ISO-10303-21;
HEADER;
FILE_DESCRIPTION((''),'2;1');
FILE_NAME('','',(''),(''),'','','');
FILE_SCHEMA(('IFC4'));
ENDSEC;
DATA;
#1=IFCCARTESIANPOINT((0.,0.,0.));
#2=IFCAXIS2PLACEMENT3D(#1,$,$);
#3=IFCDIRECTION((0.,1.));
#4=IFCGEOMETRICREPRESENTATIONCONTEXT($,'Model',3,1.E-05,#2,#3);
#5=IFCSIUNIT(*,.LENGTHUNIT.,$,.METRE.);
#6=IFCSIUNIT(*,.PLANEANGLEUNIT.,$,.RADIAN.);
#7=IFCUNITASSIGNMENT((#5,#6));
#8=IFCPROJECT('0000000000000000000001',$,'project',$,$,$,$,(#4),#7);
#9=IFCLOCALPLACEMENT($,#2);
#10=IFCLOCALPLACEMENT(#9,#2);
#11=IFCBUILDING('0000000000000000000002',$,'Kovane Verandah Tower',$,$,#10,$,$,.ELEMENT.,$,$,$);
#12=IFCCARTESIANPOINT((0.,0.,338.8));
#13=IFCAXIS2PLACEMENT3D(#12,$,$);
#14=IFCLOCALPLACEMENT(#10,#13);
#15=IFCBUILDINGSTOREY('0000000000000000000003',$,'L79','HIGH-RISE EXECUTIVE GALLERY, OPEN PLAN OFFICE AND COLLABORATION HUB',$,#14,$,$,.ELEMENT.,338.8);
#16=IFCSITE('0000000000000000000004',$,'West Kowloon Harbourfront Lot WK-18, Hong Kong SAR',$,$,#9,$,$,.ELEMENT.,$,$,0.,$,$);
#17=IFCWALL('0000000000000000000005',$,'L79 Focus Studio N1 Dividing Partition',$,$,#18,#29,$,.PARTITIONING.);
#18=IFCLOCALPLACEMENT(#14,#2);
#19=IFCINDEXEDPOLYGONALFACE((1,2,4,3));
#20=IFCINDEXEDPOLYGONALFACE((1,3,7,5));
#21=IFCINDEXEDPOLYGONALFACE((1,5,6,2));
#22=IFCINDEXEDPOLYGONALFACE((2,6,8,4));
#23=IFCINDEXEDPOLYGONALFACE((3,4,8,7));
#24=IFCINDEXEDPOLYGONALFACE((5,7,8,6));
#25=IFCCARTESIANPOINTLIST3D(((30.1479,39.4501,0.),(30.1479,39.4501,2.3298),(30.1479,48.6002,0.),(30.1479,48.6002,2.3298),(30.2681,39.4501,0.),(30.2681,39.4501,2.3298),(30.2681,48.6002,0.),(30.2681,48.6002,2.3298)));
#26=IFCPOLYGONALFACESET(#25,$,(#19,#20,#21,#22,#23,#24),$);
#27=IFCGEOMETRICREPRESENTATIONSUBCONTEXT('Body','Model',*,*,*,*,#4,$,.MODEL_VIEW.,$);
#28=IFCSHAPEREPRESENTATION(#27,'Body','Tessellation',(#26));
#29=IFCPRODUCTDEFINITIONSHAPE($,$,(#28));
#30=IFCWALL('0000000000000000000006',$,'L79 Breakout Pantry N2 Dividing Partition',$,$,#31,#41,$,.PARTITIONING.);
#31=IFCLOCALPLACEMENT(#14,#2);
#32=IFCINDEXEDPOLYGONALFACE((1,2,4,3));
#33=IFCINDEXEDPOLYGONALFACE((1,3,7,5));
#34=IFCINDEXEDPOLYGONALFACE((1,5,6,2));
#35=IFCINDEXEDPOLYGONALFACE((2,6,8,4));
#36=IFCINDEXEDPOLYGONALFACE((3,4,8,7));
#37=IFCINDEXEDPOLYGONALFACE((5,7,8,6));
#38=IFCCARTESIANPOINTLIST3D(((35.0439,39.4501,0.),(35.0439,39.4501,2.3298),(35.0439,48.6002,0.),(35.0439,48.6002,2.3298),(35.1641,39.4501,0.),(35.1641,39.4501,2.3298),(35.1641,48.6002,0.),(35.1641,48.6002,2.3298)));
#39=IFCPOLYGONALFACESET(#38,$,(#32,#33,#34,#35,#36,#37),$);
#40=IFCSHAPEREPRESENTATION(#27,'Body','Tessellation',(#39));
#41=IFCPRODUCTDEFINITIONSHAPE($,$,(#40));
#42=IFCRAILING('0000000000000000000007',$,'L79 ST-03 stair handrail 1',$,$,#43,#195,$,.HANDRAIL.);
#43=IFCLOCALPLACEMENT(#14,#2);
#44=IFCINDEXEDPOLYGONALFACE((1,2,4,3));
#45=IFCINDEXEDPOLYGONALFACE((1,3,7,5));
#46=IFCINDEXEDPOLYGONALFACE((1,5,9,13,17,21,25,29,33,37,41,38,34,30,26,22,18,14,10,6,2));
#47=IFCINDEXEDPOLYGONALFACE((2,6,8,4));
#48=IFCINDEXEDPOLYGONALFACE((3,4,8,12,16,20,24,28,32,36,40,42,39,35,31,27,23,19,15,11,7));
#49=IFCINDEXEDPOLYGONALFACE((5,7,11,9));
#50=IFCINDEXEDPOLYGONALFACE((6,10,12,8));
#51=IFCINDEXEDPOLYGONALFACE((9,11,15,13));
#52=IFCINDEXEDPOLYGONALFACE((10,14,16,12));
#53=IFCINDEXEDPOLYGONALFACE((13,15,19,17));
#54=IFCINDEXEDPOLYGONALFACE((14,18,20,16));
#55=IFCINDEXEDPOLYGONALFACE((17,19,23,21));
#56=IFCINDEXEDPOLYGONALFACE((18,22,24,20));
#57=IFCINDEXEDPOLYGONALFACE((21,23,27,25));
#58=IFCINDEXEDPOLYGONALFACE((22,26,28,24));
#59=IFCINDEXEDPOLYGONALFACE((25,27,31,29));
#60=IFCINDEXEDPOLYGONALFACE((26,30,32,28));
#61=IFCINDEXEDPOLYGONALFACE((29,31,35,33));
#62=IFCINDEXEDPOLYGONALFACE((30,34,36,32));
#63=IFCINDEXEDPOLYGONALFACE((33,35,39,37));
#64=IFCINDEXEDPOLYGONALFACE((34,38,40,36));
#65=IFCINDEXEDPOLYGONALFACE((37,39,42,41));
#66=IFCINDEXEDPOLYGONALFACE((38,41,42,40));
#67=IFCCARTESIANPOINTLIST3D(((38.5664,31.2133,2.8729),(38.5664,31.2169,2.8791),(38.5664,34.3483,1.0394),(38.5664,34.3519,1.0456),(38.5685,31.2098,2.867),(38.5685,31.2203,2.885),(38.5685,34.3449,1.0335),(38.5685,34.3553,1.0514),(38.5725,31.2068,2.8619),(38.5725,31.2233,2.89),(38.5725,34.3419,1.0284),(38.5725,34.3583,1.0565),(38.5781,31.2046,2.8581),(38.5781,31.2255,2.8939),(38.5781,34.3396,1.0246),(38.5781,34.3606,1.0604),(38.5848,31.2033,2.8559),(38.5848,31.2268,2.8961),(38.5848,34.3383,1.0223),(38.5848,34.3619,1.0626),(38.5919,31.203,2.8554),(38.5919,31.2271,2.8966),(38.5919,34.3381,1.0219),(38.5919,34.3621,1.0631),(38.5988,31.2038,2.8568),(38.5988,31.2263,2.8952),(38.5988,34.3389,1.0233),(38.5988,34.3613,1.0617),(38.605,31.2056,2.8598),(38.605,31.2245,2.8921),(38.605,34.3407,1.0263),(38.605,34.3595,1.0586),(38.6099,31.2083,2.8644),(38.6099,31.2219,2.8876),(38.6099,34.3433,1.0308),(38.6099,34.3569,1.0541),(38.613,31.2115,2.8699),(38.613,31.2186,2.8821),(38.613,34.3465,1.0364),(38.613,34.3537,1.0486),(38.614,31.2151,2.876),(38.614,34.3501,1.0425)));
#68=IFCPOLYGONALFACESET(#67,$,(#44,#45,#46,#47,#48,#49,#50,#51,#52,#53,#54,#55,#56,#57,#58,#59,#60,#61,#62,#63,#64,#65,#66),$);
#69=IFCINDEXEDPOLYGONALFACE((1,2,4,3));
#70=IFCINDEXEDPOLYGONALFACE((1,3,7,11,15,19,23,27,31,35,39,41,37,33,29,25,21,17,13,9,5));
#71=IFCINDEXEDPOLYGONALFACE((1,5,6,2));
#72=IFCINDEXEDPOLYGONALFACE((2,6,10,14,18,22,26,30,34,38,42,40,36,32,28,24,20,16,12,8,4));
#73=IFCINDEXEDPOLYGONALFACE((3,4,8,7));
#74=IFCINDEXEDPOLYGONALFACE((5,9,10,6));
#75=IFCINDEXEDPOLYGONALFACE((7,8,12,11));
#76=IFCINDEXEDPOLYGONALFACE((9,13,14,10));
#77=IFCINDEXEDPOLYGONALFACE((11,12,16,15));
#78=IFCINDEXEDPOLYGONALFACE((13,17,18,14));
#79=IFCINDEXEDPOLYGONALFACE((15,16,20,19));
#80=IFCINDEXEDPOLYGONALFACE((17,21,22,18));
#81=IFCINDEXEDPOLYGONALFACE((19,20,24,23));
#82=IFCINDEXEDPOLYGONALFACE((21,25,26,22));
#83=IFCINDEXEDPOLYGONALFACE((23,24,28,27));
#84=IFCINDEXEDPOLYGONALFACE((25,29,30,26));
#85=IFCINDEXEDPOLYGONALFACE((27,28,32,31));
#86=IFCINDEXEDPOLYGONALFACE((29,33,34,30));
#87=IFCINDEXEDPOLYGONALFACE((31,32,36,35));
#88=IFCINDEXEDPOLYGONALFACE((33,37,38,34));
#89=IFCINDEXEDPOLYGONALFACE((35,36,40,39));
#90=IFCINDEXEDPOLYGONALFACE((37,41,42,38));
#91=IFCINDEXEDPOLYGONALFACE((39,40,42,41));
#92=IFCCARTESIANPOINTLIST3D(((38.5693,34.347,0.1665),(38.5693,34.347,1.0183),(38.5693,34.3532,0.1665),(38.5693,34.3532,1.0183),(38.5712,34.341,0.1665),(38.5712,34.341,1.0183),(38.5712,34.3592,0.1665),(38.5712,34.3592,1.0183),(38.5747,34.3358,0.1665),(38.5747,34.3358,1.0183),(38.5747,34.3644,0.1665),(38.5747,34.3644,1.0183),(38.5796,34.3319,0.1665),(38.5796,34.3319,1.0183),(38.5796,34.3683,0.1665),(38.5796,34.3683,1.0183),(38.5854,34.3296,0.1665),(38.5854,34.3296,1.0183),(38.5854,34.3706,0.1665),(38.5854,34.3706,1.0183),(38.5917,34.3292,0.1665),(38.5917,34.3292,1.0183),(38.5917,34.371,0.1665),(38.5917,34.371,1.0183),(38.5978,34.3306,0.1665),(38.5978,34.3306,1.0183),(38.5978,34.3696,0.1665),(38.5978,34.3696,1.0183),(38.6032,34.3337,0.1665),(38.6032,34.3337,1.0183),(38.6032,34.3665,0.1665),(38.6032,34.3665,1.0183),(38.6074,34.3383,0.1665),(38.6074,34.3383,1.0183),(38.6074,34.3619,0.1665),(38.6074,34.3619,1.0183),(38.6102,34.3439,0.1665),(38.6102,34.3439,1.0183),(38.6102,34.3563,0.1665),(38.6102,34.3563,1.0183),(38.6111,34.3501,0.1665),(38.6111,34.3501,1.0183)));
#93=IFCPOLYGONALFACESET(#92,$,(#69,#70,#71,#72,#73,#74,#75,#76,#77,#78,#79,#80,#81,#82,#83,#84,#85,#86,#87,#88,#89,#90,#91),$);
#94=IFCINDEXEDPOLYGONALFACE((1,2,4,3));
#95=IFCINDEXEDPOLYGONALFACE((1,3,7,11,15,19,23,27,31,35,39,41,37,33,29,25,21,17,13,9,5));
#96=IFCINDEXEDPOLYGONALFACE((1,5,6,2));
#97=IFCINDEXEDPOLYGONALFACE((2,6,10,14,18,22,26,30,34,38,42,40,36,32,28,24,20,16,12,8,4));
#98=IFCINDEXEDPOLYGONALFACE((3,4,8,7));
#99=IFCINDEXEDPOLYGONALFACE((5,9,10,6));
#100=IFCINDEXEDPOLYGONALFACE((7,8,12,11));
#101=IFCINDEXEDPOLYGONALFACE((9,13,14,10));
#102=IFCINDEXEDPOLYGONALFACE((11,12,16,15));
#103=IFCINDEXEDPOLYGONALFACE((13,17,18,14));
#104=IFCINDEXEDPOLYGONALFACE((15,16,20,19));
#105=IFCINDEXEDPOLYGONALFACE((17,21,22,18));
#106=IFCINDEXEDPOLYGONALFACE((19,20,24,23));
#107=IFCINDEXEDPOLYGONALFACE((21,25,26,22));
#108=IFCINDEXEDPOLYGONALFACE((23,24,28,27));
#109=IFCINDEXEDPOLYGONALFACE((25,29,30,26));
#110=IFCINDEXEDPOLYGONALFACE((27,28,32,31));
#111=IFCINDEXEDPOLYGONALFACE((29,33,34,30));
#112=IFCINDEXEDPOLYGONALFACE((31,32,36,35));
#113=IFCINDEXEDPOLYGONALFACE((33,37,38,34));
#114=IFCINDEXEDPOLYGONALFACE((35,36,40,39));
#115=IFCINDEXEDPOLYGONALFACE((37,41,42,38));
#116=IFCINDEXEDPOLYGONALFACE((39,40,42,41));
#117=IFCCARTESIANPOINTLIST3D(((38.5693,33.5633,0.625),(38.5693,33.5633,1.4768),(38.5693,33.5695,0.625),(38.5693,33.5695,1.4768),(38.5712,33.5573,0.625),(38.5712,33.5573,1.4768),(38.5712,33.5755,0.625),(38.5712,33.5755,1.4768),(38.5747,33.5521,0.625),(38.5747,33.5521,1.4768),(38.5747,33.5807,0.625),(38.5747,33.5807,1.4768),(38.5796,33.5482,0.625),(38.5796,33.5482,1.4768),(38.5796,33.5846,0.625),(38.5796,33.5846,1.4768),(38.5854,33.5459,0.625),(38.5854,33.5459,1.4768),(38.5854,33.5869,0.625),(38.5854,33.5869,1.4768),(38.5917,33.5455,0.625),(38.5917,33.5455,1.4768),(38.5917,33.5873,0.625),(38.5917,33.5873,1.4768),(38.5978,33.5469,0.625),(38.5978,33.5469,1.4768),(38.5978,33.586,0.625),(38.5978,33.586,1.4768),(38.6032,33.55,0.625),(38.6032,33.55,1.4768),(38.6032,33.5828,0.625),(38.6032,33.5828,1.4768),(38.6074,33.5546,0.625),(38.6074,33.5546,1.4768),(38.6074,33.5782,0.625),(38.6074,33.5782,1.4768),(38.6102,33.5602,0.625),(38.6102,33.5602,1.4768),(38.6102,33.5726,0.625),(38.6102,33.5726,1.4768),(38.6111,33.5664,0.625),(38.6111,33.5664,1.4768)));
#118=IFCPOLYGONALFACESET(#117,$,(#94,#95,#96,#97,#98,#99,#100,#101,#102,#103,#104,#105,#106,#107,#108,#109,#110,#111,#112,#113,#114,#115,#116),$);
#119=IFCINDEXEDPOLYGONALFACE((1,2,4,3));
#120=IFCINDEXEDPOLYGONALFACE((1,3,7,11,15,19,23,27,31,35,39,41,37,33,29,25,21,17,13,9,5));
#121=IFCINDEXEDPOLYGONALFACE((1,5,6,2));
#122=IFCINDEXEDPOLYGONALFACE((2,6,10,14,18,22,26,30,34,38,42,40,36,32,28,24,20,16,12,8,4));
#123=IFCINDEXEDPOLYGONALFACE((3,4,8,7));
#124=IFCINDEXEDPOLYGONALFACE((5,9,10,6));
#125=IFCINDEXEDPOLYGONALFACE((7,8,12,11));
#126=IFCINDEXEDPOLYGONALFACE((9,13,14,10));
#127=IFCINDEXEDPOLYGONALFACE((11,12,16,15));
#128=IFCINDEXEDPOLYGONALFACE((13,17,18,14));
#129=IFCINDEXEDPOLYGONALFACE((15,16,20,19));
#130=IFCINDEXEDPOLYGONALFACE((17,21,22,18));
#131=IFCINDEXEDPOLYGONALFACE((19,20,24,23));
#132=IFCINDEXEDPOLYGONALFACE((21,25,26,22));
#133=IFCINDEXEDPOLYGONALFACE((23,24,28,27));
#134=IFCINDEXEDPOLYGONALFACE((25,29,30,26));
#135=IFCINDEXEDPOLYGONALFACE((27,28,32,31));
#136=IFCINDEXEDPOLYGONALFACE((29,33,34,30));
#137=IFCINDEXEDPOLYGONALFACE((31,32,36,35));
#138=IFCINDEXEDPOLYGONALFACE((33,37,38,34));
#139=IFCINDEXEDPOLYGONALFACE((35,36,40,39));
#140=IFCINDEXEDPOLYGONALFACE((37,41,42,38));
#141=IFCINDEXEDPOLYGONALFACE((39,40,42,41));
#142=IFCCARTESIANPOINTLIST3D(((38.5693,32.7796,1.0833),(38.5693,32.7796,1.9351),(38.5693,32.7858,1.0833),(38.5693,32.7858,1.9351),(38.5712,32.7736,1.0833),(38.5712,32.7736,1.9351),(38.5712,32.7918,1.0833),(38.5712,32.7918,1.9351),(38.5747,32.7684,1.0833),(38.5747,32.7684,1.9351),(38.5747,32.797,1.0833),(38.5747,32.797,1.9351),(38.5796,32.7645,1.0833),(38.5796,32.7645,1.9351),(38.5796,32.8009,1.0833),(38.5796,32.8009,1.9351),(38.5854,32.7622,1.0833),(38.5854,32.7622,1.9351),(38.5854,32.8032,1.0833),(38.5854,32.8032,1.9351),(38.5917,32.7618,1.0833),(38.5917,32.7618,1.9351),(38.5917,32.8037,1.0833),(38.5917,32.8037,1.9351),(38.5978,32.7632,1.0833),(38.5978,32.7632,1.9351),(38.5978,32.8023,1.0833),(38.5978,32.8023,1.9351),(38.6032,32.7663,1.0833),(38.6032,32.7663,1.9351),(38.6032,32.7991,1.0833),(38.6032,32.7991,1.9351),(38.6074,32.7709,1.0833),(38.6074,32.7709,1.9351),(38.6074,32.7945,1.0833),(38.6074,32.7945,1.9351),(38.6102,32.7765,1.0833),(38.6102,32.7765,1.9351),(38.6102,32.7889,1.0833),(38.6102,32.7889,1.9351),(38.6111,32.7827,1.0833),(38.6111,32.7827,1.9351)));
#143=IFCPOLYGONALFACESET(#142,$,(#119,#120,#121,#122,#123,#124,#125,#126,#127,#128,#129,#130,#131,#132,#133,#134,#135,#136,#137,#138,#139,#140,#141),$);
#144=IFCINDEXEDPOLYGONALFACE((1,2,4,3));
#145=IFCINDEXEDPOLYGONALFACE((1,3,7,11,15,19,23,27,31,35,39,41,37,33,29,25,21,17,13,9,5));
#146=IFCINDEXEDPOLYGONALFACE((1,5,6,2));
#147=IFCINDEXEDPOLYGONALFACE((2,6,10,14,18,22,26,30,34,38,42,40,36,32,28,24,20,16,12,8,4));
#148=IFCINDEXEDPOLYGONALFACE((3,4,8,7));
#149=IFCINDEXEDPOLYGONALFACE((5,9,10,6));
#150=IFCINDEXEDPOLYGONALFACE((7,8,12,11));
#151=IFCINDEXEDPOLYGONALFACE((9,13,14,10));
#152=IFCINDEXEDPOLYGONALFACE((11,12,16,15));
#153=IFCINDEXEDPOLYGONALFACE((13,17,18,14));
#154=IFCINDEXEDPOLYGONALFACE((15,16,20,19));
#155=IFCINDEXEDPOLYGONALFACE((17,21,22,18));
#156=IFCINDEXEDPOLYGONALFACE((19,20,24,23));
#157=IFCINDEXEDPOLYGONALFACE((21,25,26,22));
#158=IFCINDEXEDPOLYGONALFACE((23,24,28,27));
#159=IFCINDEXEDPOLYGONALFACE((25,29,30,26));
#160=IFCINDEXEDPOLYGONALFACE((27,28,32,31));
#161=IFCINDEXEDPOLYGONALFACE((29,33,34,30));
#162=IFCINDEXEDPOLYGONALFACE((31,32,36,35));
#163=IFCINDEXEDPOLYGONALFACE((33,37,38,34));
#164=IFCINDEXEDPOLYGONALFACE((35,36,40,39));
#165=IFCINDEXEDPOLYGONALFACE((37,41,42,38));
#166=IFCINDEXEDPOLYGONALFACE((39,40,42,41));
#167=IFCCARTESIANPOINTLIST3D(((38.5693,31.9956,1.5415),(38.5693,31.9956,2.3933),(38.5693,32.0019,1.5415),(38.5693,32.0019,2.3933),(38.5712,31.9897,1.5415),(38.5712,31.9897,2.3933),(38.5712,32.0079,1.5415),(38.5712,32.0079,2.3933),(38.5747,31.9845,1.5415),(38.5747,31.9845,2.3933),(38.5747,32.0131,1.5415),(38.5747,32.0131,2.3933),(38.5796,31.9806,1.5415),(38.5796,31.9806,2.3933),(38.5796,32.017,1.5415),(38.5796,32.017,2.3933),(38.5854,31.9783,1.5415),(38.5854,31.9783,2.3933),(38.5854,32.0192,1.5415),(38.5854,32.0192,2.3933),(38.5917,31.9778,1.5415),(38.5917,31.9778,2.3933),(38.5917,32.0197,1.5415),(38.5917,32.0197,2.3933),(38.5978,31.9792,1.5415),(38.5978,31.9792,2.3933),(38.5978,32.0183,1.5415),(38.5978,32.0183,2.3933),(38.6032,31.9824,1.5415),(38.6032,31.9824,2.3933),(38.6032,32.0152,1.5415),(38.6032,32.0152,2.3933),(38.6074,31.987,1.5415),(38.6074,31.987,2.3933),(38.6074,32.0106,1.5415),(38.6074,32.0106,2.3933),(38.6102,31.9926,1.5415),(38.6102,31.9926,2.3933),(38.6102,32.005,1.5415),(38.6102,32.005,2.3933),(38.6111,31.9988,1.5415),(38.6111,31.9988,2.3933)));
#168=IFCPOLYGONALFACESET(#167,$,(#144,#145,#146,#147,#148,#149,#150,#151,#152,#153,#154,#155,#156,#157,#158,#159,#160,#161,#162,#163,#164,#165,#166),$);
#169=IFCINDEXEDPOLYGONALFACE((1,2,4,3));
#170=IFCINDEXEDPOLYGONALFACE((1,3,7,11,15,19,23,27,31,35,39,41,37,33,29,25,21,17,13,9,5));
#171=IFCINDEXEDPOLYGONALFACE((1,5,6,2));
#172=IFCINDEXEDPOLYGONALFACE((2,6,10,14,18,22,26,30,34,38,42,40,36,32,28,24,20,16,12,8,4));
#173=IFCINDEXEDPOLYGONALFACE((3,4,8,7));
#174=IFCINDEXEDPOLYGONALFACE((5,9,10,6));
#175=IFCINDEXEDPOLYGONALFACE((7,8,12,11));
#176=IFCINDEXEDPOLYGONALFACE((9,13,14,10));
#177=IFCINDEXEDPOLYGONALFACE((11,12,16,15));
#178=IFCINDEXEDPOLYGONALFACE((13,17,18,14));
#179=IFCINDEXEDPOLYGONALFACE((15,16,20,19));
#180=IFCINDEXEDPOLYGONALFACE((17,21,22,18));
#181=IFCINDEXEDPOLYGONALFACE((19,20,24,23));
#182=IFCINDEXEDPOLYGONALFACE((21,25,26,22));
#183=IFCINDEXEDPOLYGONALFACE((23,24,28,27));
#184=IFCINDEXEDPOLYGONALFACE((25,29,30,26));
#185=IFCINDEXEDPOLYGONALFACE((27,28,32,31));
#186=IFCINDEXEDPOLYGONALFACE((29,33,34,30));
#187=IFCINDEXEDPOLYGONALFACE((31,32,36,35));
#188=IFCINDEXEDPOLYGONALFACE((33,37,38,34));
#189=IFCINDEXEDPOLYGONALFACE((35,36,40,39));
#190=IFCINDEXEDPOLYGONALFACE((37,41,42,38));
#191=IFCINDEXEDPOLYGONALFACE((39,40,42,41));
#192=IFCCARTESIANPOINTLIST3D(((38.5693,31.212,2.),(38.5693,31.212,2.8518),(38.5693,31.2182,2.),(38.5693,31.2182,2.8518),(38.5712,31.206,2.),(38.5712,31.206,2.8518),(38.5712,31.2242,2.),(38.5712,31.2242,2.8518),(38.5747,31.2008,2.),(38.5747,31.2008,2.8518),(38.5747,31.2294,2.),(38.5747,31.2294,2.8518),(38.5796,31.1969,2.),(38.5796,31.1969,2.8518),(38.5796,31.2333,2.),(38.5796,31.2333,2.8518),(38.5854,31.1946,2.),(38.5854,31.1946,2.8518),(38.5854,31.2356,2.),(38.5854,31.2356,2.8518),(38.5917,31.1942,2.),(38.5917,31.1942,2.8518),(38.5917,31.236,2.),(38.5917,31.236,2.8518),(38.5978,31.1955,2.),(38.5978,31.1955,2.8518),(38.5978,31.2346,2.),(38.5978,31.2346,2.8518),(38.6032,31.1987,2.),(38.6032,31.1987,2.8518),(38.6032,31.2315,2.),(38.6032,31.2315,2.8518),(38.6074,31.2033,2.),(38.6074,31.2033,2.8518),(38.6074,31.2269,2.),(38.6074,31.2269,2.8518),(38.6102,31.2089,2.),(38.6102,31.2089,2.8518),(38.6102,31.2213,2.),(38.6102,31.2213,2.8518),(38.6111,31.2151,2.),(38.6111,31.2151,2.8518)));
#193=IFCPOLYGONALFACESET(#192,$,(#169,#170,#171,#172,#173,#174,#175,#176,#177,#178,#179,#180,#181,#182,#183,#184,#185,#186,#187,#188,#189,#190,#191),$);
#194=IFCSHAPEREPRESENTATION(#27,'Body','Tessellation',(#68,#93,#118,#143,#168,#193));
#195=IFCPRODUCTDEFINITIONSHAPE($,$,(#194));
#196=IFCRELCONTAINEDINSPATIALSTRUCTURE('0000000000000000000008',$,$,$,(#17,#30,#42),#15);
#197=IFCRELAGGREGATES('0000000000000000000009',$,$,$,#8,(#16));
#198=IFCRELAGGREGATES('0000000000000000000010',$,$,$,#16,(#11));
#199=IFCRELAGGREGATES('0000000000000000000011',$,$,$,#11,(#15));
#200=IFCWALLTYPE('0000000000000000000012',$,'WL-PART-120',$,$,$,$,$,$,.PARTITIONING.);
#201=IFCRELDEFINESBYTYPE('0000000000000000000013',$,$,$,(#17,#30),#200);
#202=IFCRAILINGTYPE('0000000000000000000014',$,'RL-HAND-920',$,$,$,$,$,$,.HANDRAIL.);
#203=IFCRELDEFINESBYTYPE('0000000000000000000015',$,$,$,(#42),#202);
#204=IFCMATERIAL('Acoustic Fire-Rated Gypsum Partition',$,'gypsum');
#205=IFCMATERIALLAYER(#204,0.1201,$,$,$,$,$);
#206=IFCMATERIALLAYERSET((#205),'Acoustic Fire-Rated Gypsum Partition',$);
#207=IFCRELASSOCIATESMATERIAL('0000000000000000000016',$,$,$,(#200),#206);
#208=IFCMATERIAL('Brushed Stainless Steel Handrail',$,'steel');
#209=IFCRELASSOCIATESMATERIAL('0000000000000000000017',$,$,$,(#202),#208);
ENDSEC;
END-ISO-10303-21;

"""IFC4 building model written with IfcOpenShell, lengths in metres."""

from ifc_helpers import new_model, si_unit, direction, frame, frame_2d, origin, origin_2d, place, context, subcontext, project, spatial, rectangle, circle, extrude, material, layer, layer_set, type_object, element, save


model = new_model("IFC4")

# Units and contexts
model_context = context("Model", 3, precision=1e-05, world=origin(), true_north=direction((0.0, 1.0)))
body_context = subcontext(model_context, "Body", "Model", "MODEL_VIEW")
ifc_project = project(units=[si_unit("LENGTHUNIT", "METRE"), si_unit("PLANEANGLEUNIT", "RADIAN")], contexts=[model_context])

# Site, building, storey
site_placement = place(None, origin())
site = spatial("IfcSite", under=ifc_project, at=site_placement, Name="West Kowloon Harbourfront Lot WK-18, Hong Kong SAR", CompositionType="ELEMENT", RefElevation=0.0)
building_placement = place(site_placement, origin())
building = spatial("IfcBuilding", under=site, at=building_placement, Name="Kovane Verandah Tower", CompositionType="ELEMENT")
storey_placement = place(building_placement, frame((0.0, 0.0, 338.8)))
storey = spatial("IfcBuildingStorey", under=building, at=storey_placement, Name="L79", Description="HIGH-RISE EXECUTIVE GALLERY, OPEN PLAN OFFICE AND COLLABORATION HUB", CompositionType="ELEMENT", Elevation=338.8)

# Walls
ifc_material_1 = material(Name="Acoustic Fire-Rated Gypsum Partition", Category="gypsum")
ifc_layer_1 = layer(ifc_material_1, 0.1201)
ifc_layer_set_1 = layer_set([ifc_layer_1], Name="Acoustic Fire-Rated Gypsum Partition")
wall_type_1 = type_object("IfcWallType", Name="WL-PART-120", PredefinedType="PARTITIONING", material=ifc_layer_set_1)
for number, where, z_axis, x_axis, name in (
    (1, (30.208, 39.45, 0.0), (0.0, 0.0, 1.0), (0.0, 1.0, 0.0), "L79 Focus Studio N1 Dividing Partition"),
    (2, (35.104, 39.45, 0.0), (0.0, 0.0, 1.0), (0.0, 1.0, 0.0), "L79 Breakout Pantry N2 Dividing Partition"),
):
    element("IfcWall", number, at=place(storey_placement, frame(where, z_axis=z_axis, x_axis=x_axis)), inside=storey, type_object=wall_type_1, Name=name, PredefinedType="PARTITIONING", context=body_context, shape_type="SweptSolid", body=[
        extrude(rectangle(XDim=9.1501, YDim=0.1201, at=frame_2d((4.5752, 0.0))), origin(), (0.0, 0.0, 1.0), 2.3298),
    ])

# Railing
ifc_material_2 = material(Name="Brushed Stainless Steel Handrail", Category="steel")
railing_type = type_object("IfcRailingType", Name="RL-HAND-920", PredefinedType="HANDRAIL", material=ifc_material_2)
railing_placement = place(storey_placement, frame((38.5901, 34.3501, 0.1665)))
element("IfcRailing", 3, at=railing_placement, inside=storey, type_object=railing_type, Name="L79 ST-03 stair handrail 1", PredefinedType="HANDRAIL", context=body_context, shape_type="SweptSolid", body=[
    extrude(circle(Radius=0.0239, at=origin_2d()), frame((0.0, 0.0, 0.876), z_axis=(0.0, -0.86321, 0.504845), x_axis=(1.0, 0.0, 0.0)), (0.0, 0.0, 1.0), 3.6318),
    extrude(circle(Radius=0.021, at=origin_2d()), origin(), (0.0, 0.0, 1.0), 0.8518),
    extrude(circle(Radius=0.021, at=origin_2d()), frame((0.0, -0.7837, 0.4585)), (0.0, 0.0, 1.0), 0.8518),
    extrude(circle(Radius=0.021, at=origin_2d()), frame((0.0, -1.5674, 0.9167)), (0.0, 0.0, 1.0), 0.8518),
    extrude(circle(Radius=0.021, at=origin_2d()), frame((0.0, -2.3513, 1.375)), (0.0, 0.0, 1.0), 0.8518),
    extrude(circle(Radius=0.021, at=origin_2d()), frame((0.0, -3.135, 1.8335)), (0.0, 0.0, 1.0), 0.8518),
])

save(model, "model.ifc")
